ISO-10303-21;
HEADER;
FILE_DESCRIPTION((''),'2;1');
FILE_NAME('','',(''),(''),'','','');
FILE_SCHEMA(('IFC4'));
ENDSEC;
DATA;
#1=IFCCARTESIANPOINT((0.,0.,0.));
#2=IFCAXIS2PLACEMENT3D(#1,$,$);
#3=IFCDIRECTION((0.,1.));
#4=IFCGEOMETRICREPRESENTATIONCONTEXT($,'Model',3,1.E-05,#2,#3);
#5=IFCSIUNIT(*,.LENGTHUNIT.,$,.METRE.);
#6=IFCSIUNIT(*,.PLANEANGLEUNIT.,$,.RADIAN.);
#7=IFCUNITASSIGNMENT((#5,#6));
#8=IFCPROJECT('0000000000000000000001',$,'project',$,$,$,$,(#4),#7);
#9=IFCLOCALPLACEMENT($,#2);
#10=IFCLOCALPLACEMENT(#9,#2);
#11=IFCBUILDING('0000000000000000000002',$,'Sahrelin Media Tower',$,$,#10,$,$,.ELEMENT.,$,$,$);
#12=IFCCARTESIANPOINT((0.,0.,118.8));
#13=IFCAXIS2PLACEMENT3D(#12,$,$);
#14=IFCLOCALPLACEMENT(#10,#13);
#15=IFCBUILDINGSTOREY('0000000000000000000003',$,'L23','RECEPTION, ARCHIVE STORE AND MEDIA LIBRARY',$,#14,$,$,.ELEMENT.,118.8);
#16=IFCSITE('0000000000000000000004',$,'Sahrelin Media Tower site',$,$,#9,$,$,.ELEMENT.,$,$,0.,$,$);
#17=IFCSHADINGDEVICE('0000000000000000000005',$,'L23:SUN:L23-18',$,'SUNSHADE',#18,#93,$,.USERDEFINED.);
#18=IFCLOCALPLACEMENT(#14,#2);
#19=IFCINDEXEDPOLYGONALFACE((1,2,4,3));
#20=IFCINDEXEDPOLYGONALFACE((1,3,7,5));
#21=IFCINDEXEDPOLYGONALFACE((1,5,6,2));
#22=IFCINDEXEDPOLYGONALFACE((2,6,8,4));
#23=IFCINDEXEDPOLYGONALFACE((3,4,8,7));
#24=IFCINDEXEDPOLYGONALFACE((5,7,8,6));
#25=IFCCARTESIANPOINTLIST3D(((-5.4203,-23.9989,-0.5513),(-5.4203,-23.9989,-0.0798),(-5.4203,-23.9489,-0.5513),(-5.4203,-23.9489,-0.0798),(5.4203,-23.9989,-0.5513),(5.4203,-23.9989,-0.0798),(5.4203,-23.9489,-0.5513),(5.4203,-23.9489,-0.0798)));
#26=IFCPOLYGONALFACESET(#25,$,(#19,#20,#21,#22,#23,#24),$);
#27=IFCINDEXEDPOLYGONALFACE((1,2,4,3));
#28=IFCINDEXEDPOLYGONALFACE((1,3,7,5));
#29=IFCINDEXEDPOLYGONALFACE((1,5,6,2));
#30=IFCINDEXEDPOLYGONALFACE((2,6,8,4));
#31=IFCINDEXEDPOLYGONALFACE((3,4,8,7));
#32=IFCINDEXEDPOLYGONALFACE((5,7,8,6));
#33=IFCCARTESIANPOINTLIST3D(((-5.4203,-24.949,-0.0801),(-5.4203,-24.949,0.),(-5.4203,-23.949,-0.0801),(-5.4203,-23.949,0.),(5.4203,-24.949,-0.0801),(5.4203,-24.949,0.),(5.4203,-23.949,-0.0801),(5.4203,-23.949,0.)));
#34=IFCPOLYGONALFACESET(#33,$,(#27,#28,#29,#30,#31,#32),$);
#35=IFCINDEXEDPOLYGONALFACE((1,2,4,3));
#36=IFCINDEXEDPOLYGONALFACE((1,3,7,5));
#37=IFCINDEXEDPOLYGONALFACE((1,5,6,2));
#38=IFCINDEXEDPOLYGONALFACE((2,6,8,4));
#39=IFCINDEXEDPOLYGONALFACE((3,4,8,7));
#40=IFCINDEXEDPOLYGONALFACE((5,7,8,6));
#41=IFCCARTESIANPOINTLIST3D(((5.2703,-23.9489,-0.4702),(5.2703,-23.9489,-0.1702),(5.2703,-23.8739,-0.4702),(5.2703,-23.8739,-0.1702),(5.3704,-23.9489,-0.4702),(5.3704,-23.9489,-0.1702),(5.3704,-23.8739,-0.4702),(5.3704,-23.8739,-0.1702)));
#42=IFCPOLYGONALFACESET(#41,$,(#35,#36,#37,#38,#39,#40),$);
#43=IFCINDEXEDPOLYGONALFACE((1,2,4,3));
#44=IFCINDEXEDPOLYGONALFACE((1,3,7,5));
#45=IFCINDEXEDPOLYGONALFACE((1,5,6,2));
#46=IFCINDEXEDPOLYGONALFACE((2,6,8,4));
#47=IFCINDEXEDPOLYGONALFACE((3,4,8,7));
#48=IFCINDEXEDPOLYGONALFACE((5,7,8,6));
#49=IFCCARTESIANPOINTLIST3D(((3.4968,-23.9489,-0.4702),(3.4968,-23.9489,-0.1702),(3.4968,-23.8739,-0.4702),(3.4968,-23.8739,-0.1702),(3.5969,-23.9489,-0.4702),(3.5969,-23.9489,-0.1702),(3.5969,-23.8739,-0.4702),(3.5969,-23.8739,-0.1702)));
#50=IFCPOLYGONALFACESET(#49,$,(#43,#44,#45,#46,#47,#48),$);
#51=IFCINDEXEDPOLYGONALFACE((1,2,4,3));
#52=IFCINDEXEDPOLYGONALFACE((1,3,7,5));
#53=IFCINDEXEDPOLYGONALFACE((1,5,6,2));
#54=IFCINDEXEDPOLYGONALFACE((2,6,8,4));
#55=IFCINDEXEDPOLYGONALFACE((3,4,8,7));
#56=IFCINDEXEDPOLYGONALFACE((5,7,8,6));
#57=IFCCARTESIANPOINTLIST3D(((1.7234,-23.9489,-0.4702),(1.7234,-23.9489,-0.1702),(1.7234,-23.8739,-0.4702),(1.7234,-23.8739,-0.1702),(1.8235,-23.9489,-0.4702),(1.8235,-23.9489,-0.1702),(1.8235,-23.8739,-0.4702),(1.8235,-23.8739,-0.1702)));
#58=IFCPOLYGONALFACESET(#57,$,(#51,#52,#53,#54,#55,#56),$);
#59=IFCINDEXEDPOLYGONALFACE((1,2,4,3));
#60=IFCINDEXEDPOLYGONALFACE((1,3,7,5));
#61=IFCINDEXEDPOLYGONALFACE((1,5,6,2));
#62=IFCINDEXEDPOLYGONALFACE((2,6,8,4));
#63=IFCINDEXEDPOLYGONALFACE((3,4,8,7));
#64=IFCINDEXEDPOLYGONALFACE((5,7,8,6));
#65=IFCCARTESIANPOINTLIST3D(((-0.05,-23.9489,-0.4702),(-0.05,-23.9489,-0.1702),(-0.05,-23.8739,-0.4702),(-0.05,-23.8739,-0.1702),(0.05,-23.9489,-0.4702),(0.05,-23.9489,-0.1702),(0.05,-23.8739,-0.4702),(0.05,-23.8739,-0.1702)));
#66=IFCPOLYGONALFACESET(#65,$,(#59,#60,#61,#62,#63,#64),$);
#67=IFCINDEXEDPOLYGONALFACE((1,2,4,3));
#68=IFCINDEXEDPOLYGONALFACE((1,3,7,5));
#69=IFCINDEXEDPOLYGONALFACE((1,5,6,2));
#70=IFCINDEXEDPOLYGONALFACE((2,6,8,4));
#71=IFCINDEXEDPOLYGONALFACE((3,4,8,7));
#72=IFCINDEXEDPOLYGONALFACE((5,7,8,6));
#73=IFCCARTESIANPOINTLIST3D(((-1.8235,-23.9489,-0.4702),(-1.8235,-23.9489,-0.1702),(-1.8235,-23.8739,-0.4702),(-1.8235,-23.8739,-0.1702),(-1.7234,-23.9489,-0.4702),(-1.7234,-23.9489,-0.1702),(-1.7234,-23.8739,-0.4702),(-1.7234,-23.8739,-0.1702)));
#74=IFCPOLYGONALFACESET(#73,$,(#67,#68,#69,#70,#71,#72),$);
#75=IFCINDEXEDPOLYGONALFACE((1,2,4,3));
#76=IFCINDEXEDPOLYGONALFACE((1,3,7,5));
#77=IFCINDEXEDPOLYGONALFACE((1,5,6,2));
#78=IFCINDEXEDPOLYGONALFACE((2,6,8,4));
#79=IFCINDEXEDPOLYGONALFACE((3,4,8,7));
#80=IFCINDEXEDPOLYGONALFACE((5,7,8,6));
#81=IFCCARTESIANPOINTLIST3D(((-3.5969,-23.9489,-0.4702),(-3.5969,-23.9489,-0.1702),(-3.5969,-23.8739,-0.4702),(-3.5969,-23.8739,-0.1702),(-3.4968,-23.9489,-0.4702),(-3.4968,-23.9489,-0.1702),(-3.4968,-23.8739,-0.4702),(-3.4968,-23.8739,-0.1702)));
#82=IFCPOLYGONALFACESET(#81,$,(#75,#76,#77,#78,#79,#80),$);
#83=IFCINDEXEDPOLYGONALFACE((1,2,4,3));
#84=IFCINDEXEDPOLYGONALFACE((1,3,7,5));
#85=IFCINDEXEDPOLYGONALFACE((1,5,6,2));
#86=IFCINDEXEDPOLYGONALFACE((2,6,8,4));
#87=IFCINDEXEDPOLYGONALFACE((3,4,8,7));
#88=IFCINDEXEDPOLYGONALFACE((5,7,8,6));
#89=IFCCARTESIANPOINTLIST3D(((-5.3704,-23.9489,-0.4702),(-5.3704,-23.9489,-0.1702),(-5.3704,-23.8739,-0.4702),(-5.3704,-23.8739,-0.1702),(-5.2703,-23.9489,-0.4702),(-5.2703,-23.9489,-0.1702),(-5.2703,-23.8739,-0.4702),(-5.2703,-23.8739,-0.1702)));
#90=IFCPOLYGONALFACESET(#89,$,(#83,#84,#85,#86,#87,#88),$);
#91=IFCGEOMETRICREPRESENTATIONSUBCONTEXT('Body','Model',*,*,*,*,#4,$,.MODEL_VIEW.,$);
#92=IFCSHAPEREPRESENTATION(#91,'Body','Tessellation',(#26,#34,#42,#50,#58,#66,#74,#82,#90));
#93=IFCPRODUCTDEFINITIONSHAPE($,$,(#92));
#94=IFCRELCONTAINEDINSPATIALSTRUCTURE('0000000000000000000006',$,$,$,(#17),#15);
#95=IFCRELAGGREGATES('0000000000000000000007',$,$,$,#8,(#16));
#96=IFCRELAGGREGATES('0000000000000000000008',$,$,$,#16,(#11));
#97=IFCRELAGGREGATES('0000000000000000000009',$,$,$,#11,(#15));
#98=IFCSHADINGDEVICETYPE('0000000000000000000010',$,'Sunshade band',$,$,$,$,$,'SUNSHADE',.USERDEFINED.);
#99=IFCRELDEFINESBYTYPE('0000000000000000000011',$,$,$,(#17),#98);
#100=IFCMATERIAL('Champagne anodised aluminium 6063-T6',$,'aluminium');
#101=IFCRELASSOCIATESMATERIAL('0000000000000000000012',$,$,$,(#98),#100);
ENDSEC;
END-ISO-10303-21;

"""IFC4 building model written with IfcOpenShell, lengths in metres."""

from ifc_helpers import new_model, si_unit, direction, frame, origin, origin_2d, place, context, subcontext, project, spatial, rectangle, extrude, material, type_object, element, save


model = new_model("IFC4")

# Units and contexts
model_context = context("Model", 3, precision=1e-05, world=origin(), true_north=direction((0.0, 1.0)))
body_context = subcontext(model_context, "Body", "Model", "MODEL_VIEW")
ifc_project = project(units=[si_unit("LENGTHUNIT", "METRE"), si_unit("PLANEANGLEUNIT", "RADIAN")], contexts=[model_context])

# Site, building, storey
site_placement = place(None, origin())
site = spatial("IfcSite", under=ifc_project, at=site_placement, Name="Sahrelin Media Tower site", CompositionType="ELEMENT", RefElevation=0.0)
building_placement = place(site_placement, origin())
building = spatial("IfcBuilding", under=site, at=building_placement, Name="Sahrelin Media Tower", CompositionType="ELEMENT")
storey_placement = place(building_placement, frame((0.0, 0.0, 118.8)))
storey = spatial("IfcBuildingStorey", under=building, at=storey_placement, Name="L23", Description="RECEPTION, ARCHIVE STORE AND MEDIA LIBRARY", CompositionType="ELEMENT", Elevation=118.8)

# Shared definitions
ifc_material_1 = material(Name="Champagne anodised aluminium 6063-T6", Category="aluminium")

# Shading device
placement_1 = place(storey_placement, frame((0.0, -23.929, 0.0), z_axis=(0.0, 0.0, 1.0), x_axis=(-1.0, 0.0, 0.0)))
shading_device_type_1 = type_object("IfcShadingDeviceType", Name="Sunshade band", ElementType="SUNSHADE", PredefinedType="USERDEFINED", material=ifc_material_1)
element("IfcShadingDevice", 1, at=placement_1, inside=storey, type_object=shading_device_type_1, Name="L23:SUN:L23-18", ObjectType="SUNSHADE", PredefinedType="USERDEFINED", context=body_context, shape_type="SweptSolid", body=[
    extrude(rectangle(XDim=10.8406, YDim=0.05, at=origin_2d()), frame((0.0, 0.0449, -0.5513)), (0.0, 0.0, 1.0), 0.4714),
    extrude(rectangle(XDim=10.8406, YDim=1.0, at=origin_2d()), frame((0.0, 0.52, -0.0801)), (0.0, 0.0, 1.0), 0.0801),
    extrude(rectangle(XDim=0.1001, YDim=0.075, at=origin_2d()), frame((-5.3203, -0.0176, -0.4702)), (0.0, 0.0, 1.0), 0.3),
    extrude(rectangle(XDim=0.1001, YDim=0.075, at=origin_2d()), frame((-3.5469, -0.0176, -0.4702)), (0.0, 0.0, 1.0), 0.3),
    extrude(rectangle(XDim=0.1001, YDim=0.075, at=origin_2d()), frame((-1.7734, -0.0176, -0.4702)), (0.0, 0.0, 1.0), 0.3),
    extrude(rectangle(XDim=0.1001, YDim=0.075, at=origin_2d()), frame((0.0, -0.0176, -0.4702)), (0.0, 0.0, 1.0), 0.3),
    extrude(rectangle(XDim=0.1001, YDim=0.075, at=origin_2d()), frame((1.7734, -0.0176, -0.4702)), (0.0, 0.0, 1.0), 0.3),
    extrude(rectangle(XDim=0.1001, YDim=0.075, at=origin_2d()), frame((3.5469, -0.0176, -0.4702)), (0.0, 0.0, 1.0), 0.3),
    extrude(rectangle(XDim=0.1001, YDim=0.075, at=origin_2d()), frame((5.3203, -0.0176, -0.4702)), (0.0, 0.0, 1.0), 0.3),
])

save(model, "model.ifc")
